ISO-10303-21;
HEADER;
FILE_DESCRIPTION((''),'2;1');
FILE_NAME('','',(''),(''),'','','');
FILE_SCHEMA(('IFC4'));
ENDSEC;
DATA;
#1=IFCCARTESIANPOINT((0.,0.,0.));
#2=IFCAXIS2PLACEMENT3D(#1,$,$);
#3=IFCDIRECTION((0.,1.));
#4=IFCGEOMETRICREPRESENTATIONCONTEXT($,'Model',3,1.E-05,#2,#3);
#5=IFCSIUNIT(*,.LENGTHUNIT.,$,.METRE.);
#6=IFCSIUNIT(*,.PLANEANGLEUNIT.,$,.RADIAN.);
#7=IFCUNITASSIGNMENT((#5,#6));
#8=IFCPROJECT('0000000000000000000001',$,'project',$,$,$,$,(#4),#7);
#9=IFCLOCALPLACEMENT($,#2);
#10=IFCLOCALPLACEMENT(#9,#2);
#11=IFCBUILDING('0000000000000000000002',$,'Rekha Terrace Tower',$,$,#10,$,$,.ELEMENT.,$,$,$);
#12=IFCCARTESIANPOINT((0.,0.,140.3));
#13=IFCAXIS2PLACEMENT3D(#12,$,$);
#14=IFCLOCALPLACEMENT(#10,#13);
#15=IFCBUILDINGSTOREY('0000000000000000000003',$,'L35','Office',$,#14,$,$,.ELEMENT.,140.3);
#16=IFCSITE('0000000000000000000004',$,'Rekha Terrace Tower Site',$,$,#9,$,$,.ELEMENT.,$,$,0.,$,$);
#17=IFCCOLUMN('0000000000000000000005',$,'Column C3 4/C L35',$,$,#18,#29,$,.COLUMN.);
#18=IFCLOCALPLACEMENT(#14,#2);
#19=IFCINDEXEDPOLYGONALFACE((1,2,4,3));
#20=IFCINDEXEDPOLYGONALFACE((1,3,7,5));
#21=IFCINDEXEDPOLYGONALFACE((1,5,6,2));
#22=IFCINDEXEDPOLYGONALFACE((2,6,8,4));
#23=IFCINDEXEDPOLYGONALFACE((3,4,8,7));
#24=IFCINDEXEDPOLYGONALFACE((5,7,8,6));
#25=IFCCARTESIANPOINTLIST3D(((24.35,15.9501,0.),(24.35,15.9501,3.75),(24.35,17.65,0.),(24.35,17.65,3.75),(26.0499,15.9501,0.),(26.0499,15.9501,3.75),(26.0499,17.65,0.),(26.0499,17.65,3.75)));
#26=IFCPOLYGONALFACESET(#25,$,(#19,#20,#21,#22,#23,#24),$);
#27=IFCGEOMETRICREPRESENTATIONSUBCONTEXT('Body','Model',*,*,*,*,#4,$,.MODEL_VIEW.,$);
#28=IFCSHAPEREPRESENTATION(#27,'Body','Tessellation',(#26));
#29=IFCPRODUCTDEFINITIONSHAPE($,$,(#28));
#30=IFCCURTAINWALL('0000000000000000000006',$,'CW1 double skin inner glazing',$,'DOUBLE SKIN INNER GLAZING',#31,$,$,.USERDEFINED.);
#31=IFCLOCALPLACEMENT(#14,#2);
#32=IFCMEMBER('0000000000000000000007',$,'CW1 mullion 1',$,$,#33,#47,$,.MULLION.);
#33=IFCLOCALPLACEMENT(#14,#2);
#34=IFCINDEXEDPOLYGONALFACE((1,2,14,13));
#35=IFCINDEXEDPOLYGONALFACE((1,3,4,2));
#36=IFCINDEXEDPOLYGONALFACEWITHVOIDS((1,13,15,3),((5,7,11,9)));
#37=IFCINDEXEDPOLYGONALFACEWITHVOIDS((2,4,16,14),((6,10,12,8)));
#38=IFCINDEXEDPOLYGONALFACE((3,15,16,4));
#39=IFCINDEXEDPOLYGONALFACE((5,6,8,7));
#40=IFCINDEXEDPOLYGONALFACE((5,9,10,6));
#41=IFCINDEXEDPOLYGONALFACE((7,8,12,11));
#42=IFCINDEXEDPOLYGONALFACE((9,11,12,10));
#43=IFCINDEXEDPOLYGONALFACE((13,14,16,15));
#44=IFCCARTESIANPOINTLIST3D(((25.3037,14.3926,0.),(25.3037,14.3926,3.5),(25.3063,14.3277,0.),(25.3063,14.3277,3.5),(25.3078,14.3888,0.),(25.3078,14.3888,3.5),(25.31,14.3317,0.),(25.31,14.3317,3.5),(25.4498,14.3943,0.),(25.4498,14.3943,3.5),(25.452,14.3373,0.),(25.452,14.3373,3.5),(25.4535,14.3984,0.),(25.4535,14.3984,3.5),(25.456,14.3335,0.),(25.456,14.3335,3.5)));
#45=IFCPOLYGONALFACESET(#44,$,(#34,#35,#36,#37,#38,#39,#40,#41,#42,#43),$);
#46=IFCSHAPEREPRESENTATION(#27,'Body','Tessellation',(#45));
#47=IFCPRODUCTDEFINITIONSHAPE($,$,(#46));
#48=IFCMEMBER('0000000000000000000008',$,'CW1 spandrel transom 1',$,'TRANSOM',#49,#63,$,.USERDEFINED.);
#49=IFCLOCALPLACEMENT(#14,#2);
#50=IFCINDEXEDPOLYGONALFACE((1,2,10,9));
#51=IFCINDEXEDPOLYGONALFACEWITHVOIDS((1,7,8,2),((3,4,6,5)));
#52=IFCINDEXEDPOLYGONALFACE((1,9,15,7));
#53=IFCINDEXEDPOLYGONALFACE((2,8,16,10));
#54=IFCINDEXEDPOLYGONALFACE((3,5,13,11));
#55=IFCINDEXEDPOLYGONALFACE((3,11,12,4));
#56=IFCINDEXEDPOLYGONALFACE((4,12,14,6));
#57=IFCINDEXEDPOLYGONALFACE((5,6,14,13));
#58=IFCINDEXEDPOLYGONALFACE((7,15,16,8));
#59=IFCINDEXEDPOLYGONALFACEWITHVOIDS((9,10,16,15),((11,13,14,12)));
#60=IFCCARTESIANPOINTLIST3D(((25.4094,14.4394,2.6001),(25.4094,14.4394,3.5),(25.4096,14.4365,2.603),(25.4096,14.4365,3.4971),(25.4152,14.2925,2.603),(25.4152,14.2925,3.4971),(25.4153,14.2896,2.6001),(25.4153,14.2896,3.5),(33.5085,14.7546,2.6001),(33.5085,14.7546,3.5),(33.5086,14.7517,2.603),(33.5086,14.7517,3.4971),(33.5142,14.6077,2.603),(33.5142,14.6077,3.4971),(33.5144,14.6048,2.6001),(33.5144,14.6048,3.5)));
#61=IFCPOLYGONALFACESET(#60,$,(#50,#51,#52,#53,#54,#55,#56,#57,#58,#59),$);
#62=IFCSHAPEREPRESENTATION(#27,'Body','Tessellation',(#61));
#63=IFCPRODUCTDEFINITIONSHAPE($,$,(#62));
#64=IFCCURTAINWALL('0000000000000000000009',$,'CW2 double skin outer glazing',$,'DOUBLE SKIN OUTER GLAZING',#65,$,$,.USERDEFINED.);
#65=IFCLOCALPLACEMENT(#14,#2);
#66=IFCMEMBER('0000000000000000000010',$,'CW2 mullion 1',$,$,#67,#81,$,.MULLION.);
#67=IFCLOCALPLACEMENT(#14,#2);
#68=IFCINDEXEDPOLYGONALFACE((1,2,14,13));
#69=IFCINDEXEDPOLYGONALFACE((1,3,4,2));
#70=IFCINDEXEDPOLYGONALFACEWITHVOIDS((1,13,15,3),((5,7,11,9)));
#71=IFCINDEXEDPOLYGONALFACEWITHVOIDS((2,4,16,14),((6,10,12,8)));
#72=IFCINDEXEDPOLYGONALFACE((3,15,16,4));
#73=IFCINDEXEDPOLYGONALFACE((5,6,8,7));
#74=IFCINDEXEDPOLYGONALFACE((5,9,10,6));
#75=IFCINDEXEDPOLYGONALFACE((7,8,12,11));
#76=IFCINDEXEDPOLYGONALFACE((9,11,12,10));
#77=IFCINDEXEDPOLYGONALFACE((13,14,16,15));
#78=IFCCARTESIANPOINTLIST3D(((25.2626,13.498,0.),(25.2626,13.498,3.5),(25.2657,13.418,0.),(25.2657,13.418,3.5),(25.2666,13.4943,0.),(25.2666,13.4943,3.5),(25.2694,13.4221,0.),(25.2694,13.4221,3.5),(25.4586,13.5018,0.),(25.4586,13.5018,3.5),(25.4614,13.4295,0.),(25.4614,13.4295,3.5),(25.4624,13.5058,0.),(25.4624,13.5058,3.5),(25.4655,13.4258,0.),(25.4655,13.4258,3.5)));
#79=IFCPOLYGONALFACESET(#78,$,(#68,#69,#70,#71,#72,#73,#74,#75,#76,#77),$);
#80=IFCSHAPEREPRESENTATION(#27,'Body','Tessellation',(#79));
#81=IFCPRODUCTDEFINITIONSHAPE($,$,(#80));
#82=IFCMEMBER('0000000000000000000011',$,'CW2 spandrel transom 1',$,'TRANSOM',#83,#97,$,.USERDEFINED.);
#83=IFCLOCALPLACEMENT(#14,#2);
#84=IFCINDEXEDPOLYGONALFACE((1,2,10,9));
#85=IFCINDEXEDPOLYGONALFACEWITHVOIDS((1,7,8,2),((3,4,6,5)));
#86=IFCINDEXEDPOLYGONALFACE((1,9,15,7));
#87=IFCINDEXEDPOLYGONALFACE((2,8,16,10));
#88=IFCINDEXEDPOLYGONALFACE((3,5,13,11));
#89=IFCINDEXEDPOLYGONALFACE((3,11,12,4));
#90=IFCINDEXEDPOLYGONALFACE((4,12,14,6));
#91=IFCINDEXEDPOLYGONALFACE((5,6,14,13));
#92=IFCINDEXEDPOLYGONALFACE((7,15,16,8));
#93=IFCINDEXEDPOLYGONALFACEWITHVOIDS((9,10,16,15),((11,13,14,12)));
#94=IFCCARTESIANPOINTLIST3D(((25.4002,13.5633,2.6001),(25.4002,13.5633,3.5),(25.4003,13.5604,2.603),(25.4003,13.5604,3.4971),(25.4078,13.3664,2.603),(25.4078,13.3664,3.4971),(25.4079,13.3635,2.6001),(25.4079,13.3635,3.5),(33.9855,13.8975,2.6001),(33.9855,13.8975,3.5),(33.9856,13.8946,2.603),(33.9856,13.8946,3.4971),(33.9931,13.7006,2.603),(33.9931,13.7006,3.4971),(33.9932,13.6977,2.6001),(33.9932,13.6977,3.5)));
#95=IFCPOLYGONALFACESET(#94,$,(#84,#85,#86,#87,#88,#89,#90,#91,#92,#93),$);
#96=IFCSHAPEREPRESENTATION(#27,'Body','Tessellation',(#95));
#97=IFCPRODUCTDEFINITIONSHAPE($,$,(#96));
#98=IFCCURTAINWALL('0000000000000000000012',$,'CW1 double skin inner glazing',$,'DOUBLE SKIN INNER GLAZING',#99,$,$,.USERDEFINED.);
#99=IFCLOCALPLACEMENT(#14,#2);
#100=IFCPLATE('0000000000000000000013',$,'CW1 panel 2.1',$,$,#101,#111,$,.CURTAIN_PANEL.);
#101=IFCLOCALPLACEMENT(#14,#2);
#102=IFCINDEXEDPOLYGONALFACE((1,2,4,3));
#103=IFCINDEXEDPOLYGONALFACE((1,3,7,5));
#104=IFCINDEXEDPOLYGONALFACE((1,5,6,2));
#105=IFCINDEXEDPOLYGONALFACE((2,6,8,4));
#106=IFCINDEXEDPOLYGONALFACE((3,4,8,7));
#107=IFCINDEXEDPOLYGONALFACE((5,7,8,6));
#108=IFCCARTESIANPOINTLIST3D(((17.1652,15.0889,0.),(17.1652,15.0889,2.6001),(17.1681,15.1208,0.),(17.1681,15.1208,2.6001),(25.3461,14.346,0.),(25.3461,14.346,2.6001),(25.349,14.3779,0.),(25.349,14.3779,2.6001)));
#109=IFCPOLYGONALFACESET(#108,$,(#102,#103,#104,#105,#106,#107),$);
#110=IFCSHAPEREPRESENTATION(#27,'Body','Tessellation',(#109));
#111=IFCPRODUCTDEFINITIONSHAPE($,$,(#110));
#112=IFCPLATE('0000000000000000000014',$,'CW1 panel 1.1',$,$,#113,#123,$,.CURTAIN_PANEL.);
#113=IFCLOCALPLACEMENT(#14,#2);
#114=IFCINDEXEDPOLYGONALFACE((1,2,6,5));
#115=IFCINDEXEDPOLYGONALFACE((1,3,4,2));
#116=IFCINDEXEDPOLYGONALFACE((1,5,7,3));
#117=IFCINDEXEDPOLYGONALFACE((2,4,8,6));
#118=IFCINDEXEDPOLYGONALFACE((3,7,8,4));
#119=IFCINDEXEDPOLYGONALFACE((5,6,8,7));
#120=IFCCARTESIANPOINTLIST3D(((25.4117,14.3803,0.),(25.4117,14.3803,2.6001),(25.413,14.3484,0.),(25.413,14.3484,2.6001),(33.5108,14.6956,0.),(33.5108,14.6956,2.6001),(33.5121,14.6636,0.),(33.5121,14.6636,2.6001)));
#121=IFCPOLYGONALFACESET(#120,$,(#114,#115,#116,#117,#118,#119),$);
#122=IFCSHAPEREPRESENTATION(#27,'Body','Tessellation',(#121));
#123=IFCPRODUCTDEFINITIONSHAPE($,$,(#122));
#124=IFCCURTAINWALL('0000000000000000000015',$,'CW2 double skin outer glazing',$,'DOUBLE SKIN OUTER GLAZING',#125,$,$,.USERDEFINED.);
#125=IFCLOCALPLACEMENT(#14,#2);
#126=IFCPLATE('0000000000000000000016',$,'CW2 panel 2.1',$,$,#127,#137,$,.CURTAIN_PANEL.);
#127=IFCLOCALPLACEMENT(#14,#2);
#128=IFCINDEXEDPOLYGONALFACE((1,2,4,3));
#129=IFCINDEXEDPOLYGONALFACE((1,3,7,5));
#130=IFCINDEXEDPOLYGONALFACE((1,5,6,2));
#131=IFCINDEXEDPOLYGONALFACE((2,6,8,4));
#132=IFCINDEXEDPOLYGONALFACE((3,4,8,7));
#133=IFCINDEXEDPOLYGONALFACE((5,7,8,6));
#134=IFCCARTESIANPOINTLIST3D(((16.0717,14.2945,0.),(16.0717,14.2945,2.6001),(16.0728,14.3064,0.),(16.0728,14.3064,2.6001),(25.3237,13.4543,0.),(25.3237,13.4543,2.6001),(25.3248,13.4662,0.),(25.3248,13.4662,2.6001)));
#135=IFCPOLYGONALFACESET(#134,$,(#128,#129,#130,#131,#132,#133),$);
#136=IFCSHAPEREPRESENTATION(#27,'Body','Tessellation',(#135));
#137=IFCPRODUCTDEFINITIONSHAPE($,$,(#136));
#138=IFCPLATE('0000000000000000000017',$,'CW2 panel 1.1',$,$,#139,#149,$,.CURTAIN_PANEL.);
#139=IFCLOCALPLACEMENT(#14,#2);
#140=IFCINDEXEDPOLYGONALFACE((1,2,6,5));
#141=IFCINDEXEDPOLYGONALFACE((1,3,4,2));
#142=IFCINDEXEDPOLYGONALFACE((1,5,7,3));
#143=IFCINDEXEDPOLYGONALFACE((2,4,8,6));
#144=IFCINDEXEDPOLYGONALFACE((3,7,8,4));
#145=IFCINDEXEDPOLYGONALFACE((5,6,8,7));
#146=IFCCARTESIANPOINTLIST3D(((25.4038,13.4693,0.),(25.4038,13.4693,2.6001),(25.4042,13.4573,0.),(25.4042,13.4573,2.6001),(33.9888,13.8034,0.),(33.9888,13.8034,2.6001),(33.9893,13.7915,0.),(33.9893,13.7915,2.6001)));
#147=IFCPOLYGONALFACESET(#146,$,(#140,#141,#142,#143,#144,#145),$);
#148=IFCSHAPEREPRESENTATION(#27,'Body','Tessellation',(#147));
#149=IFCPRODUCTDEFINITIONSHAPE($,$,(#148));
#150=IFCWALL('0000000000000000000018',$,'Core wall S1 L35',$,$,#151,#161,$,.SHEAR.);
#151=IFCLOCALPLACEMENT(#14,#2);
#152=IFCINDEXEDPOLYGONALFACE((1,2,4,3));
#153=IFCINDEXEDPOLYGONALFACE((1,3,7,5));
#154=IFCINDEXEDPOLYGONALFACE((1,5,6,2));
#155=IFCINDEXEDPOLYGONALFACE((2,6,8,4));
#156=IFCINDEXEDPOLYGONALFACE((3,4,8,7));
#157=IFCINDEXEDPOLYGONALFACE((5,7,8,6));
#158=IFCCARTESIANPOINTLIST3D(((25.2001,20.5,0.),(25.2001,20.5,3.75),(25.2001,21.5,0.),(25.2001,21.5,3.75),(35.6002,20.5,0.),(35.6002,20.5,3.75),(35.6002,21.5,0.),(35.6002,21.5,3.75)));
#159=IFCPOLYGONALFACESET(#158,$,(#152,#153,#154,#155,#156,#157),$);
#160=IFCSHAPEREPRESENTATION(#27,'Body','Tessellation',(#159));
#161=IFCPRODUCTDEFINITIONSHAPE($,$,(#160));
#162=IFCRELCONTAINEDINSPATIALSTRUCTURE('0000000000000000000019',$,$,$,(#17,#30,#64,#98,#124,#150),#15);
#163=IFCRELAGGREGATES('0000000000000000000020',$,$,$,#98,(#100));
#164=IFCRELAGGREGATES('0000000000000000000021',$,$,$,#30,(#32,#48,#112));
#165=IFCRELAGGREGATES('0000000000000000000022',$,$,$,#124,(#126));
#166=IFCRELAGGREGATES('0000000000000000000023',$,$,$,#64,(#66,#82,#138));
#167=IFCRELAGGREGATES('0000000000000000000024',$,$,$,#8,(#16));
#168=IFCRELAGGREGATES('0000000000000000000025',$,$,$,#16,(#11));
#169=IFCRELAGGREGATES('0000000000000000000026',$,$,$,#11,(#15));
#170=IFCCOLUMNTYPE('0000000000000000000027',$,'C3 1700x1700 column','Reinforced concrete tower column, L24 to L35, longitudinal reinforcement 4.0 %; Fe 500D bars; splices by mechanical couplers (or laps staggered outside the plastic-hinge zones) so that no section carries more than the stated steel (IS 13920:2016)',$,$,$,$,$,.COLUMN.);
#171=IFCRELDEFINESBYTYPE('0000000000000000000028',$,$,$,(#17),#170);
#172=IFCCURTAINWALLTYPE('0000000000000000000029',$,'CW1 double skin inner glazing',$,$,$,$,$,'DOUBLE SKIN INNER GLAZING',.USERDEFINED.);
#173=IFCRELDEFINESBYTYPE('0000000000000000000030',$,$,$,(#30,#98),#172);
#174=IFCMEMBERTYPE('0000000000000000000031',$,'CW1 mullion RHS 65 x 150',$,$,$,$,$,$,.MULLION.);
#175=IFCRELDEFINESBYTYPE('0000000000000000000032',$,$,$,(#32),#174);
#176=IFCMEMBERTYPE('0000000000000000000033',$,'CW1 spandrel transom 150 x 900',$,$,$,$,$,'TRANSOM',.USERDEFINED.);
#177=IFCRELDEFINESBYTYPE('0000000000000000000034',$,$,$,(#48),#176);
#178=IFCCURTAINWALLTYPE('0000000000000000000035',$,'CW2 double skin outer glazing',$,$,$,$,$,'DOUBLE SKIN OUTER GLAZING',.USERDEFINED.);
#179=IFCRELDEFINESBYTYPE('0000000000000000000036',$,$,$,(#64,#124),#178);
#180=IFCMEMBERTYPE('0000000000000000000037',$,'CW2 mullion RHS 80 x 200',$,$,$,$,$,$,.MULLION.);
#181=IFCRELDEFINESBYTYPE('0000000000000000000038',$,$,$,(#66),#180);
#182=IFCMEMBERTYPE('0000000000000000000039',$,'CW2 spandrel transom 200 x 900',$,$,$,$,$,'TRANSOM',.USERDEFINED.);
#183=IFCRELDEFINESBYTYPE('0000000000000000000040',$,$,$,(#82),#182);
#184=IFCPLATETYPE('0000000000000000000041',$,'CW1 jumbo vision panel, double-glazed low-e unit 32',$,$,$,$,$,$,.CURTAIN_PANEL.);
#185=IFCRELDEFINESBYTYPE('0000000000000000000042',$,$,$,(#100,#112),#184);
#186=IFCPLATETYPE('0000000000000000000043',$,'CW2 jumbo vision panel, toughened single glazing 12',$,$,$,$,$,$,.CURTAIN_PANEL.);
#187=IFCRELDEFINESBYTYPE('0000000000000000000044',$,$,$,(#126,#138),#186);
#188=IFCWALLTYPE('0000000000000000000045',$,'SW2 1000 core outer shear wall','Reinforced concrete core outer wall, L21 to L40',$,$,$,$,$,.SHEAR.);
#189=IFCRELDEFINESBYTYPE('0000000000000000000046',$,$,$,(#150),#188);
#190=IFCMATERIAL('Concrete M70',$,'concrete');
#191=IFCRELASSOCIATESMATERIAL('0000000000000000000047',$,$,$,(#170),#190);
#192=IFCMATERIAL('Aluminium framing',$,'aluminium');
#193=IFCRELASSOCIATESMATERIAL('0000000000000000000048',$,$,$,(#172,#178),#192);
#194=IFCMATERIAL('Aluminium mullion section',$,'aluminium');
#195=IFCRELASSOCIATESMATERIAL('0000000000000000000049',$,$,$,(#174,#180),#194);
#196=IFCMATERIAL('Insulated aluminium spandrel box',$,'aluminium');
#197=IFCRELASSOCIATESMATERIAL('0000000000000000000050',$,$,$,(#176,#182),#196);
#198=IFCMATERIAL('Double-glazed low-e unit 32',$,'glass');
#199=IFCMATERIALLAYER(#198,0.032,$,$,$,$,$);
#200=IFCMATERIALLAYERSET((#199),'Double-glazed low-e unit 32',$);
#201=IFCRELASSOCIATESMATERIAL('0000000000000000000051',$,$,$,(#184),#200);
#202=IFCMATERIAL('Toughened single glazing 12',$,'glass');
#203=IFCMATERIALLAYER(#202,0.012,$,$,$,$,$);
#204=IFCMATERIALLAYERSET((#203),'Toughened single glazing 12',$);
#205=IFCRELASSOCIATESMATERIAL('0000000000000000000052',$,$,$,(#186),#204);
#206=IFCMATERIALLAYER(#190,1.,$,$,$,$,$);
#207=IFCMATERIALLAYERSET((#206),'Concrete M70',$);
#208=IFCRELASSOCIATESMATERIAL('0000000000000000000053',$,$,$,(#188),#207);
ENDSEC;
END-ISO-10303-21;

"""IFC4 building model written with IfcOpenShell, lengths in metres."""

from ifc_helpers import new_model, si_unit, direction, frame, frame_2d, origin, origin_2d, place, context, subcontext, project, spatial, rectangle, hollow_rectangle, extrude, material, layer, layer_set, material_profile, profile_set, type_object, element, aggregate, save


model = new_model("IFC4")

# Units and contexts
model_context = context("Model", 3, precision=1e-05, world=origin(), true_north=direction((0.0, 1.0)))
body_context = subcontext(model_context, "Body", "Model", "MODEL_VIEW")
ifc_project = project(units=[si_unit("LENGTHUNIT", "METRE"), si_unit("PLANEANGLEUNIT", "RADIAN")], contexts=[model_context])

# Site, building, storey
site_placement = place(None, origin())
site = spatial("IfcSite", under=ifc_project, at=site_placement, Name="Rekha Terrace Tower Site", CompositionType="ELEMENT", RefElevation=0.0)
building_placement = place(site_placement, origin())
building = spatial("IfcBuilding", under=site, at=building_placement, Name="Rekha Terrace Tower", CompositionType="ELEMENT")
storey_placement = place(building_placement, frame((0.0, 0.0, 140.3)))
storey = spatial("IfcBuildingStorey", under=building, at=storey_placement, Name="L35", Description="Office", CompositionType="ELEMENT", Elevation=140.3)

# Column
ifc_material_1 = material(Name="Concrete M70", Category="concrete")
ifc_material_profile_1 = material_profile(ifc_material_1, rectangle(XDim=1.7, YDim=1.7, at=origin_2d()), Name="RC 1700x1700")
ifc_profile_set_1 = profile_set([ifc_material_profile_1], Name="Concrete M70")
column_type = type_object("IfcColumnType", Name="C3 1700x1700 column", Description="Reinforced concrete tower column, L24 to L35, longitudinal reinforcement 4.0 %; Fe 500D bars; splices by mechanical couplers (or laps staggered outside the plastic-hinge zones) so that no section carries more than the stated steel (IS 13920:2016)", PredefinedType="COLUMN", material=ifc_profile_set_1)
column_placement = place(storey_placement, frame((25.2, 16.8, 0.0), z_axis=(0.0, 0.0, 1.0), x_axis=(1.0, 0.0, 0.0)))
element("IfcColumn", 1, at=column_placement, inside=storey, type_object=column_type, Name="Column C3 4/C L35", PredefinedType="COLUMN", context=body_context, shape_type="SweptSolid", body=[
    extrude(rectangle(XDim=1.7, YDim=1.7, at=origin_2d()), origin(), (0.0, 0.0, 1.0), 3.75),
])

# Curtain walls, members
ifc_material_2 = material(Name="Aluminium framing", Category="aluminium")
curtain_wall_type_1 = type_object("IfcCurtainWallType", Name="CW1 double skin inner glazing", ElementType="DOUBLE SKIN INNER GLAZING", PredefinedType="USERDEFINED", material=ifc_material_2)
curtain_wall_1_placement = place(storey_placement, origin())
curtain_wall_1 = element("IfcCurtainWall", 2, at=curtain_wall_1_placement, inside=storey, type_object=curtain_wall_type_1, Name="CW1 double skin inner glazing", ObjectType="DOUBLE SKIN INNER GLAZING", PredefinedType="USERDEFINED")
ifc_material_3 = material(Name="Aluminium mullion section", Category="aluminium")
ifc_material_profile_2 = material_profile(ifc_material_3, hollow_rectangle(XDim=0.0649, YDim=0.1499, WallThickness=0.0039, at=origin_2d()), Name="AL RHS 65x150")
ifc_profile_set_2 = profile_set([ifc_material_profile_2], Name="Aluminium mullion section")
member_type_1 = type_object("IfcMemberType", Name="CW1 mullion RHS 65 x 150", PredefinedType="MULLION", material=ifc_profile_set_2)
member_1_placement = place(storey_placement, frame((25.3799, 14.363, 0.0), z_axis=(0.0, 0.0, 1.0), x_axis=(-0.03889, 0.999243, 0.0)))
member_1 = element("IfcMember", 3, at=member_1_placement, type_object=member_type_1, Name="CW1 mullion 1", PredefinedType="MULLION", context=body_context, shape_type="SweptSolid", body=[
    extrude(hollow_rectangle(XDim=0.0649, YDim=0.1499, WallThickness=0.0039, at=origin_2d()), origin(), (0.0, 0.0, 1.0), 3.5),
])
ifc_material_4 = material(Name="Insulated aluminium spandrel box", Category="aluminium")
ifc_material_profile_3 = material_profile(ifc_material_4, hollow_rectangle(XDim=0.1499, YDim=0.8999, WallThickness=0.0029, at=origin_2d()), Name="AL SPANDREL BOX 150x900")
ifc_profile_set_3 = profile_set([ifc_material_profile_3], Name="Insulated aluminium spandrel box")
member_type_2 = type_object("IfcMemberType", Name="CW1 spandrel transom 150 x 900", ElementType="TRANSOM", PredefinedType="USERDEFINED", material=ifc_profile_set_3)
member_2_placement = place(storey_placement, frame((25.4124, 14.3645, 3.05), z_axis=(0.999244, 0.038887, 0.0), x_axis=(-0.038887, 0.999244, 0.0)))
member_2 = element("IfcMember", 4, at=member_2_placement, type_object=member_type_2, Name="CW1 spandrel transom 1", ObjectType="TRANSOM", PredefinedType="USERDEFINED", context=body_context, shape_type="SweptSolid", body=[
    extrude(hollow_rectangle(XDim=0.1499, YDim=0.8999, WallThickness=0.0029, at=origin_2d()), origin(), (0.0, 0.0, 1.0), 8.1052),
])
curtain_wall_type_2 = type_object("IfcCurtainWallType", Name="CW2 double skin outer glazing", ElementType="DOUBLE SKIN OUTER GLAZING", PredefinedType="USERDEFINED", material=ifc_material_2)
curtain_wall_2_placement = place(storey_placement, origin())
curtain_wall_2 = element("IfcCurtainWall", 5, at=curtain_wall_2_placement, inside=storey, type_object=curtain_wall_type_2, Name="CW2 double skin outer glazing", ObjectType="DOUBLE SKIN OUTER GLAZING", PredefinedType="USERDEFINED")
ifc_material_profile_4 = material_profile(ifc_material_3, hollow_rectangle(XDim=0.0801, YDim=0.2, WallThickness=0.0039, at=origin_2d()), Name="AL RHS 80x200")
ifc_profile_set_4 = profile_set([ifc_material_profile_4], Name="Aluminium mullion section")
member_type_3 = type_object("IfcMemberType", Name="CW2 mullion RHS 80 x 200", PredefinedType="MULLION", material=ifc_profile_set_4)
member_3_placement = place(storey_placement, frame((25.364, 13.4619, 0.0), z_axis=(0.0, 0.0, 1.0), x_axis=(-0.03889, 0.999243, 0.0)))
member_3 = element("IfcMember", 6, at=member_3_placement, type_object=member_type_3, Name="CW2 mullion 1", PredefinedType="MULLION", context=body_context, shape_type="SweptSolid", body=[
    extrude(hollow_rectangle(XDim=0.0801, YDim=0.2, WallThickness=0.0039, at=origin_2d()), origin(), (0.0, 0.0, 1.0), 3.5),
])
ifc_material_profile_5 = material_profile(ifc_material_4, hollow_rectangle(XDim=0.2, YDim=0.8999, WallThickness=0.0029, at=origin_2d()), Name="AL SPANDREL BOX 200x900")
ifc_profile_set_5 = profile_set([ifc_material_profile_5], Name="Insulated aluminium spandrel box")
member_type_4 = type_object("IfcMemberType", Name="CW2 spandrel transom 200 x 900", ElementType="TRANSOM", PredefinedType="USERDEFINED", material=ifc_profile_set_5)
member_4_placement = place(storey_placement, frame((25.4041, 13.4634, 3.05), z_axis=(0.999243, 0.038901, 0.0), x_axis=(-0.038901, 0.999243, 0.0)))
member_4 = element("IfcMember", 7, at=member_4_placement, type_object=member_type_4, Name="CW2 spandrel transom 1", ObjectType="TRANSOM", PredefinedType="USERDEFINED", context=body_context, shape_type="SweptSolid", body=[
    extrude(hollow_rectangle(XDim=0.2, YDim=0.8999, WallThickness=0.0029, at=origin_2d()), origin(), (0.0, 0.0, 1.0), 8.5918),
])

# Curtain wall, plate
curtain_wall_3_placement = place(storey_placement, origin())
curtain_wall_3 = element("IfcCurtainWall", 8, at=curtain_wall_3_placement, inside=storey, type_object=curtain_wall_type_1, Name="CW1 double skin inner glazing", ObjectType="DOUBLE SKIN INNER GLAZING", PredefinedType="USERDEFINED")
ifc_material_5 = material(Name="Double-glazed low-e unit 32", Category="glass")
ifc_layer_1 = layer(ifc_material_5, 0.032)
ifc_layer_set_1 = layer_set([ifc_layer_1], Name="Double-glazed low-e unit 32")
plate_type_1 = type_object("IfcPlateType", Name="CW1 jumbo vision panel, double-glazed low-e unit 32", PredefinedType="CURTAIN_PANEL", material=ifc_layer_set_1)
plate_1_placement = place(storey_placement, frame((21.2571, 14.7334, 0.0), z_axis=(0.0, 0.0, 1.0), x_axis=(0.995902, -0.09044, 0.0)))
plate_1 = element("IfcPlate", 9, at=plate_1_placement, type_object=plate_type_1, Name="CW1 panel 2.1", PredefinedType="CURTAIN_PANEL", context=body_context, shape_type="SweptSolid", body=[
    extrude(rectangle(XDim=8.2146, YDim=0.032, at=origin_2d()), origin(), (0.0, 0.0, 1.0), 2.6001),
])
aggregate(curtain_wall_3, [plate_1])

# Plate
plate_2_placement = place(storey_placement, frame((29.4619, 14.522, 0.0), z_axis=(0.0, 0.0, 1.0), x_axis=(0.999243, 0.03889, 0.0)))
plate_2 = element("IfcPlate", 10, at=plate_2_placement, type_object=plate_type_1, Name="CW1 panel 1.1", PredefinedType="CURTAIN_PANEL", context=body_context, shape_type="SweptSolid", body=[
    extrude(rectangle(XDim=8.1052, YDim=0.032, at=origin_2d()), origin(), (0.0, 0.0, 1.0), 2.6001),
])
aggregate(curtain_wall_1, [member_1, member_2, plate_2])

# Curtain wall, plate
curtain_wall_4_placement = place(storey_placement, origin())
curtain_wall_4 = element("IfcCurtainWall", 11, at=curtain_wall_4_placement, inside=storey, type_object=curtain_wall_type_2, Name="CW2 double skin outer glazing", ObjectType="DOUBLE SKIN OUTER GLAZING", PredefinedType="USERDEFINED")
ifc_material_6 = material(Name="Toughened single glazing 12", Category="glass")
ifc_layer_2 = layer(ifc_material_6, 0.012)
ifc_layer_set_2 = layer_set([ifc_layer_2], Name="Toughened single glazing 12")
plate_type_2 = type_object("IfcPlateType", Name="CW2 jumbo vision panel, toughened single glazing 12", PredefinedType="CURTAIN_PANEL", material=ifc_layer_set_2)
plate_3_placement = place(storey_placement, frame((20.6982, 13.8804, 0.0), z_axis=(0.0, 0.0, 1.0), x_axis=(0.995902, -0.09044, 0.0)))
plate_3 = element("IfcPlate", 12, at=plate_3_placement, type_object=plate_type_2, Name="CW2 panel 2.1", PredefinedType="CURTAIN_PANEL", context=body_context, shape_type="SweptSolid", body=[
    extrude(rectangle(XDim=9.29, YDim=0.012, at=origin_2d()), origin(), (0.0, 0.0, 1.0), 2.6001),
])
aggregate(curtain_wall_4, [plate_3])

# Plate
plate_4_placement = place(storey_placement, frame((29.6965, 13.6304, 0.0), z_axis=(0.0, 0.0, 1.0), x_axis=(0.999243, 0.03889, 0.0)))
plate_4 = element("IfcPlate", 13, at=plate_4_placement, type_object=plate_type_2, Name="CW2 panel 1.1", PredefinedType="CURTAIN_PANEL", context=body_context, shape_type="SweptSolid", body=[
    extrude(rectangle(XDim=8.5916, YDim=0.012, at=origin_2d()), origin(), (0.0, 0.0, 1.0), 2.6001),
])
aggregate(curtain_wall_2, [member_3, member_4, plate_4])

# Wall
ifc_layer_3 = layer(ifc_material_1, 1.0)
ifc_layer_set_3 = layer_set([ifc_layer_3], Name="Concrete M70")
wall_type_1 = type_object("IfcWallType", Name="SW2 1000 core outer shear wall", Description="Reinforced concrete core outer wall, L21 to L40", PredefinedType="SHEAR", material=ifc_layer_set_3)
wall_1_placement = place(storey_placement, frame((25.2, 21.0, 0.0), z_axis=(0.0, 0.0, 1.0), x_axis=(1.0, 0.0, 0.0)))
element("IfcWall", 14, at=wall_1_placement, inside=storey, type_object=wall_type_1, Name="Core wall S1 L35", PredefinedType="SHEAR", context=body_context, shape_type="SweptSolid", body=[
    extrude(rectangle(XDim=10.4001, YDim=1.0, at=frame_2d((5.2002, 0.0))), origin(), (0.0, 0.0, 1.0), 3.75),
])

save(model, "model.ifc")
